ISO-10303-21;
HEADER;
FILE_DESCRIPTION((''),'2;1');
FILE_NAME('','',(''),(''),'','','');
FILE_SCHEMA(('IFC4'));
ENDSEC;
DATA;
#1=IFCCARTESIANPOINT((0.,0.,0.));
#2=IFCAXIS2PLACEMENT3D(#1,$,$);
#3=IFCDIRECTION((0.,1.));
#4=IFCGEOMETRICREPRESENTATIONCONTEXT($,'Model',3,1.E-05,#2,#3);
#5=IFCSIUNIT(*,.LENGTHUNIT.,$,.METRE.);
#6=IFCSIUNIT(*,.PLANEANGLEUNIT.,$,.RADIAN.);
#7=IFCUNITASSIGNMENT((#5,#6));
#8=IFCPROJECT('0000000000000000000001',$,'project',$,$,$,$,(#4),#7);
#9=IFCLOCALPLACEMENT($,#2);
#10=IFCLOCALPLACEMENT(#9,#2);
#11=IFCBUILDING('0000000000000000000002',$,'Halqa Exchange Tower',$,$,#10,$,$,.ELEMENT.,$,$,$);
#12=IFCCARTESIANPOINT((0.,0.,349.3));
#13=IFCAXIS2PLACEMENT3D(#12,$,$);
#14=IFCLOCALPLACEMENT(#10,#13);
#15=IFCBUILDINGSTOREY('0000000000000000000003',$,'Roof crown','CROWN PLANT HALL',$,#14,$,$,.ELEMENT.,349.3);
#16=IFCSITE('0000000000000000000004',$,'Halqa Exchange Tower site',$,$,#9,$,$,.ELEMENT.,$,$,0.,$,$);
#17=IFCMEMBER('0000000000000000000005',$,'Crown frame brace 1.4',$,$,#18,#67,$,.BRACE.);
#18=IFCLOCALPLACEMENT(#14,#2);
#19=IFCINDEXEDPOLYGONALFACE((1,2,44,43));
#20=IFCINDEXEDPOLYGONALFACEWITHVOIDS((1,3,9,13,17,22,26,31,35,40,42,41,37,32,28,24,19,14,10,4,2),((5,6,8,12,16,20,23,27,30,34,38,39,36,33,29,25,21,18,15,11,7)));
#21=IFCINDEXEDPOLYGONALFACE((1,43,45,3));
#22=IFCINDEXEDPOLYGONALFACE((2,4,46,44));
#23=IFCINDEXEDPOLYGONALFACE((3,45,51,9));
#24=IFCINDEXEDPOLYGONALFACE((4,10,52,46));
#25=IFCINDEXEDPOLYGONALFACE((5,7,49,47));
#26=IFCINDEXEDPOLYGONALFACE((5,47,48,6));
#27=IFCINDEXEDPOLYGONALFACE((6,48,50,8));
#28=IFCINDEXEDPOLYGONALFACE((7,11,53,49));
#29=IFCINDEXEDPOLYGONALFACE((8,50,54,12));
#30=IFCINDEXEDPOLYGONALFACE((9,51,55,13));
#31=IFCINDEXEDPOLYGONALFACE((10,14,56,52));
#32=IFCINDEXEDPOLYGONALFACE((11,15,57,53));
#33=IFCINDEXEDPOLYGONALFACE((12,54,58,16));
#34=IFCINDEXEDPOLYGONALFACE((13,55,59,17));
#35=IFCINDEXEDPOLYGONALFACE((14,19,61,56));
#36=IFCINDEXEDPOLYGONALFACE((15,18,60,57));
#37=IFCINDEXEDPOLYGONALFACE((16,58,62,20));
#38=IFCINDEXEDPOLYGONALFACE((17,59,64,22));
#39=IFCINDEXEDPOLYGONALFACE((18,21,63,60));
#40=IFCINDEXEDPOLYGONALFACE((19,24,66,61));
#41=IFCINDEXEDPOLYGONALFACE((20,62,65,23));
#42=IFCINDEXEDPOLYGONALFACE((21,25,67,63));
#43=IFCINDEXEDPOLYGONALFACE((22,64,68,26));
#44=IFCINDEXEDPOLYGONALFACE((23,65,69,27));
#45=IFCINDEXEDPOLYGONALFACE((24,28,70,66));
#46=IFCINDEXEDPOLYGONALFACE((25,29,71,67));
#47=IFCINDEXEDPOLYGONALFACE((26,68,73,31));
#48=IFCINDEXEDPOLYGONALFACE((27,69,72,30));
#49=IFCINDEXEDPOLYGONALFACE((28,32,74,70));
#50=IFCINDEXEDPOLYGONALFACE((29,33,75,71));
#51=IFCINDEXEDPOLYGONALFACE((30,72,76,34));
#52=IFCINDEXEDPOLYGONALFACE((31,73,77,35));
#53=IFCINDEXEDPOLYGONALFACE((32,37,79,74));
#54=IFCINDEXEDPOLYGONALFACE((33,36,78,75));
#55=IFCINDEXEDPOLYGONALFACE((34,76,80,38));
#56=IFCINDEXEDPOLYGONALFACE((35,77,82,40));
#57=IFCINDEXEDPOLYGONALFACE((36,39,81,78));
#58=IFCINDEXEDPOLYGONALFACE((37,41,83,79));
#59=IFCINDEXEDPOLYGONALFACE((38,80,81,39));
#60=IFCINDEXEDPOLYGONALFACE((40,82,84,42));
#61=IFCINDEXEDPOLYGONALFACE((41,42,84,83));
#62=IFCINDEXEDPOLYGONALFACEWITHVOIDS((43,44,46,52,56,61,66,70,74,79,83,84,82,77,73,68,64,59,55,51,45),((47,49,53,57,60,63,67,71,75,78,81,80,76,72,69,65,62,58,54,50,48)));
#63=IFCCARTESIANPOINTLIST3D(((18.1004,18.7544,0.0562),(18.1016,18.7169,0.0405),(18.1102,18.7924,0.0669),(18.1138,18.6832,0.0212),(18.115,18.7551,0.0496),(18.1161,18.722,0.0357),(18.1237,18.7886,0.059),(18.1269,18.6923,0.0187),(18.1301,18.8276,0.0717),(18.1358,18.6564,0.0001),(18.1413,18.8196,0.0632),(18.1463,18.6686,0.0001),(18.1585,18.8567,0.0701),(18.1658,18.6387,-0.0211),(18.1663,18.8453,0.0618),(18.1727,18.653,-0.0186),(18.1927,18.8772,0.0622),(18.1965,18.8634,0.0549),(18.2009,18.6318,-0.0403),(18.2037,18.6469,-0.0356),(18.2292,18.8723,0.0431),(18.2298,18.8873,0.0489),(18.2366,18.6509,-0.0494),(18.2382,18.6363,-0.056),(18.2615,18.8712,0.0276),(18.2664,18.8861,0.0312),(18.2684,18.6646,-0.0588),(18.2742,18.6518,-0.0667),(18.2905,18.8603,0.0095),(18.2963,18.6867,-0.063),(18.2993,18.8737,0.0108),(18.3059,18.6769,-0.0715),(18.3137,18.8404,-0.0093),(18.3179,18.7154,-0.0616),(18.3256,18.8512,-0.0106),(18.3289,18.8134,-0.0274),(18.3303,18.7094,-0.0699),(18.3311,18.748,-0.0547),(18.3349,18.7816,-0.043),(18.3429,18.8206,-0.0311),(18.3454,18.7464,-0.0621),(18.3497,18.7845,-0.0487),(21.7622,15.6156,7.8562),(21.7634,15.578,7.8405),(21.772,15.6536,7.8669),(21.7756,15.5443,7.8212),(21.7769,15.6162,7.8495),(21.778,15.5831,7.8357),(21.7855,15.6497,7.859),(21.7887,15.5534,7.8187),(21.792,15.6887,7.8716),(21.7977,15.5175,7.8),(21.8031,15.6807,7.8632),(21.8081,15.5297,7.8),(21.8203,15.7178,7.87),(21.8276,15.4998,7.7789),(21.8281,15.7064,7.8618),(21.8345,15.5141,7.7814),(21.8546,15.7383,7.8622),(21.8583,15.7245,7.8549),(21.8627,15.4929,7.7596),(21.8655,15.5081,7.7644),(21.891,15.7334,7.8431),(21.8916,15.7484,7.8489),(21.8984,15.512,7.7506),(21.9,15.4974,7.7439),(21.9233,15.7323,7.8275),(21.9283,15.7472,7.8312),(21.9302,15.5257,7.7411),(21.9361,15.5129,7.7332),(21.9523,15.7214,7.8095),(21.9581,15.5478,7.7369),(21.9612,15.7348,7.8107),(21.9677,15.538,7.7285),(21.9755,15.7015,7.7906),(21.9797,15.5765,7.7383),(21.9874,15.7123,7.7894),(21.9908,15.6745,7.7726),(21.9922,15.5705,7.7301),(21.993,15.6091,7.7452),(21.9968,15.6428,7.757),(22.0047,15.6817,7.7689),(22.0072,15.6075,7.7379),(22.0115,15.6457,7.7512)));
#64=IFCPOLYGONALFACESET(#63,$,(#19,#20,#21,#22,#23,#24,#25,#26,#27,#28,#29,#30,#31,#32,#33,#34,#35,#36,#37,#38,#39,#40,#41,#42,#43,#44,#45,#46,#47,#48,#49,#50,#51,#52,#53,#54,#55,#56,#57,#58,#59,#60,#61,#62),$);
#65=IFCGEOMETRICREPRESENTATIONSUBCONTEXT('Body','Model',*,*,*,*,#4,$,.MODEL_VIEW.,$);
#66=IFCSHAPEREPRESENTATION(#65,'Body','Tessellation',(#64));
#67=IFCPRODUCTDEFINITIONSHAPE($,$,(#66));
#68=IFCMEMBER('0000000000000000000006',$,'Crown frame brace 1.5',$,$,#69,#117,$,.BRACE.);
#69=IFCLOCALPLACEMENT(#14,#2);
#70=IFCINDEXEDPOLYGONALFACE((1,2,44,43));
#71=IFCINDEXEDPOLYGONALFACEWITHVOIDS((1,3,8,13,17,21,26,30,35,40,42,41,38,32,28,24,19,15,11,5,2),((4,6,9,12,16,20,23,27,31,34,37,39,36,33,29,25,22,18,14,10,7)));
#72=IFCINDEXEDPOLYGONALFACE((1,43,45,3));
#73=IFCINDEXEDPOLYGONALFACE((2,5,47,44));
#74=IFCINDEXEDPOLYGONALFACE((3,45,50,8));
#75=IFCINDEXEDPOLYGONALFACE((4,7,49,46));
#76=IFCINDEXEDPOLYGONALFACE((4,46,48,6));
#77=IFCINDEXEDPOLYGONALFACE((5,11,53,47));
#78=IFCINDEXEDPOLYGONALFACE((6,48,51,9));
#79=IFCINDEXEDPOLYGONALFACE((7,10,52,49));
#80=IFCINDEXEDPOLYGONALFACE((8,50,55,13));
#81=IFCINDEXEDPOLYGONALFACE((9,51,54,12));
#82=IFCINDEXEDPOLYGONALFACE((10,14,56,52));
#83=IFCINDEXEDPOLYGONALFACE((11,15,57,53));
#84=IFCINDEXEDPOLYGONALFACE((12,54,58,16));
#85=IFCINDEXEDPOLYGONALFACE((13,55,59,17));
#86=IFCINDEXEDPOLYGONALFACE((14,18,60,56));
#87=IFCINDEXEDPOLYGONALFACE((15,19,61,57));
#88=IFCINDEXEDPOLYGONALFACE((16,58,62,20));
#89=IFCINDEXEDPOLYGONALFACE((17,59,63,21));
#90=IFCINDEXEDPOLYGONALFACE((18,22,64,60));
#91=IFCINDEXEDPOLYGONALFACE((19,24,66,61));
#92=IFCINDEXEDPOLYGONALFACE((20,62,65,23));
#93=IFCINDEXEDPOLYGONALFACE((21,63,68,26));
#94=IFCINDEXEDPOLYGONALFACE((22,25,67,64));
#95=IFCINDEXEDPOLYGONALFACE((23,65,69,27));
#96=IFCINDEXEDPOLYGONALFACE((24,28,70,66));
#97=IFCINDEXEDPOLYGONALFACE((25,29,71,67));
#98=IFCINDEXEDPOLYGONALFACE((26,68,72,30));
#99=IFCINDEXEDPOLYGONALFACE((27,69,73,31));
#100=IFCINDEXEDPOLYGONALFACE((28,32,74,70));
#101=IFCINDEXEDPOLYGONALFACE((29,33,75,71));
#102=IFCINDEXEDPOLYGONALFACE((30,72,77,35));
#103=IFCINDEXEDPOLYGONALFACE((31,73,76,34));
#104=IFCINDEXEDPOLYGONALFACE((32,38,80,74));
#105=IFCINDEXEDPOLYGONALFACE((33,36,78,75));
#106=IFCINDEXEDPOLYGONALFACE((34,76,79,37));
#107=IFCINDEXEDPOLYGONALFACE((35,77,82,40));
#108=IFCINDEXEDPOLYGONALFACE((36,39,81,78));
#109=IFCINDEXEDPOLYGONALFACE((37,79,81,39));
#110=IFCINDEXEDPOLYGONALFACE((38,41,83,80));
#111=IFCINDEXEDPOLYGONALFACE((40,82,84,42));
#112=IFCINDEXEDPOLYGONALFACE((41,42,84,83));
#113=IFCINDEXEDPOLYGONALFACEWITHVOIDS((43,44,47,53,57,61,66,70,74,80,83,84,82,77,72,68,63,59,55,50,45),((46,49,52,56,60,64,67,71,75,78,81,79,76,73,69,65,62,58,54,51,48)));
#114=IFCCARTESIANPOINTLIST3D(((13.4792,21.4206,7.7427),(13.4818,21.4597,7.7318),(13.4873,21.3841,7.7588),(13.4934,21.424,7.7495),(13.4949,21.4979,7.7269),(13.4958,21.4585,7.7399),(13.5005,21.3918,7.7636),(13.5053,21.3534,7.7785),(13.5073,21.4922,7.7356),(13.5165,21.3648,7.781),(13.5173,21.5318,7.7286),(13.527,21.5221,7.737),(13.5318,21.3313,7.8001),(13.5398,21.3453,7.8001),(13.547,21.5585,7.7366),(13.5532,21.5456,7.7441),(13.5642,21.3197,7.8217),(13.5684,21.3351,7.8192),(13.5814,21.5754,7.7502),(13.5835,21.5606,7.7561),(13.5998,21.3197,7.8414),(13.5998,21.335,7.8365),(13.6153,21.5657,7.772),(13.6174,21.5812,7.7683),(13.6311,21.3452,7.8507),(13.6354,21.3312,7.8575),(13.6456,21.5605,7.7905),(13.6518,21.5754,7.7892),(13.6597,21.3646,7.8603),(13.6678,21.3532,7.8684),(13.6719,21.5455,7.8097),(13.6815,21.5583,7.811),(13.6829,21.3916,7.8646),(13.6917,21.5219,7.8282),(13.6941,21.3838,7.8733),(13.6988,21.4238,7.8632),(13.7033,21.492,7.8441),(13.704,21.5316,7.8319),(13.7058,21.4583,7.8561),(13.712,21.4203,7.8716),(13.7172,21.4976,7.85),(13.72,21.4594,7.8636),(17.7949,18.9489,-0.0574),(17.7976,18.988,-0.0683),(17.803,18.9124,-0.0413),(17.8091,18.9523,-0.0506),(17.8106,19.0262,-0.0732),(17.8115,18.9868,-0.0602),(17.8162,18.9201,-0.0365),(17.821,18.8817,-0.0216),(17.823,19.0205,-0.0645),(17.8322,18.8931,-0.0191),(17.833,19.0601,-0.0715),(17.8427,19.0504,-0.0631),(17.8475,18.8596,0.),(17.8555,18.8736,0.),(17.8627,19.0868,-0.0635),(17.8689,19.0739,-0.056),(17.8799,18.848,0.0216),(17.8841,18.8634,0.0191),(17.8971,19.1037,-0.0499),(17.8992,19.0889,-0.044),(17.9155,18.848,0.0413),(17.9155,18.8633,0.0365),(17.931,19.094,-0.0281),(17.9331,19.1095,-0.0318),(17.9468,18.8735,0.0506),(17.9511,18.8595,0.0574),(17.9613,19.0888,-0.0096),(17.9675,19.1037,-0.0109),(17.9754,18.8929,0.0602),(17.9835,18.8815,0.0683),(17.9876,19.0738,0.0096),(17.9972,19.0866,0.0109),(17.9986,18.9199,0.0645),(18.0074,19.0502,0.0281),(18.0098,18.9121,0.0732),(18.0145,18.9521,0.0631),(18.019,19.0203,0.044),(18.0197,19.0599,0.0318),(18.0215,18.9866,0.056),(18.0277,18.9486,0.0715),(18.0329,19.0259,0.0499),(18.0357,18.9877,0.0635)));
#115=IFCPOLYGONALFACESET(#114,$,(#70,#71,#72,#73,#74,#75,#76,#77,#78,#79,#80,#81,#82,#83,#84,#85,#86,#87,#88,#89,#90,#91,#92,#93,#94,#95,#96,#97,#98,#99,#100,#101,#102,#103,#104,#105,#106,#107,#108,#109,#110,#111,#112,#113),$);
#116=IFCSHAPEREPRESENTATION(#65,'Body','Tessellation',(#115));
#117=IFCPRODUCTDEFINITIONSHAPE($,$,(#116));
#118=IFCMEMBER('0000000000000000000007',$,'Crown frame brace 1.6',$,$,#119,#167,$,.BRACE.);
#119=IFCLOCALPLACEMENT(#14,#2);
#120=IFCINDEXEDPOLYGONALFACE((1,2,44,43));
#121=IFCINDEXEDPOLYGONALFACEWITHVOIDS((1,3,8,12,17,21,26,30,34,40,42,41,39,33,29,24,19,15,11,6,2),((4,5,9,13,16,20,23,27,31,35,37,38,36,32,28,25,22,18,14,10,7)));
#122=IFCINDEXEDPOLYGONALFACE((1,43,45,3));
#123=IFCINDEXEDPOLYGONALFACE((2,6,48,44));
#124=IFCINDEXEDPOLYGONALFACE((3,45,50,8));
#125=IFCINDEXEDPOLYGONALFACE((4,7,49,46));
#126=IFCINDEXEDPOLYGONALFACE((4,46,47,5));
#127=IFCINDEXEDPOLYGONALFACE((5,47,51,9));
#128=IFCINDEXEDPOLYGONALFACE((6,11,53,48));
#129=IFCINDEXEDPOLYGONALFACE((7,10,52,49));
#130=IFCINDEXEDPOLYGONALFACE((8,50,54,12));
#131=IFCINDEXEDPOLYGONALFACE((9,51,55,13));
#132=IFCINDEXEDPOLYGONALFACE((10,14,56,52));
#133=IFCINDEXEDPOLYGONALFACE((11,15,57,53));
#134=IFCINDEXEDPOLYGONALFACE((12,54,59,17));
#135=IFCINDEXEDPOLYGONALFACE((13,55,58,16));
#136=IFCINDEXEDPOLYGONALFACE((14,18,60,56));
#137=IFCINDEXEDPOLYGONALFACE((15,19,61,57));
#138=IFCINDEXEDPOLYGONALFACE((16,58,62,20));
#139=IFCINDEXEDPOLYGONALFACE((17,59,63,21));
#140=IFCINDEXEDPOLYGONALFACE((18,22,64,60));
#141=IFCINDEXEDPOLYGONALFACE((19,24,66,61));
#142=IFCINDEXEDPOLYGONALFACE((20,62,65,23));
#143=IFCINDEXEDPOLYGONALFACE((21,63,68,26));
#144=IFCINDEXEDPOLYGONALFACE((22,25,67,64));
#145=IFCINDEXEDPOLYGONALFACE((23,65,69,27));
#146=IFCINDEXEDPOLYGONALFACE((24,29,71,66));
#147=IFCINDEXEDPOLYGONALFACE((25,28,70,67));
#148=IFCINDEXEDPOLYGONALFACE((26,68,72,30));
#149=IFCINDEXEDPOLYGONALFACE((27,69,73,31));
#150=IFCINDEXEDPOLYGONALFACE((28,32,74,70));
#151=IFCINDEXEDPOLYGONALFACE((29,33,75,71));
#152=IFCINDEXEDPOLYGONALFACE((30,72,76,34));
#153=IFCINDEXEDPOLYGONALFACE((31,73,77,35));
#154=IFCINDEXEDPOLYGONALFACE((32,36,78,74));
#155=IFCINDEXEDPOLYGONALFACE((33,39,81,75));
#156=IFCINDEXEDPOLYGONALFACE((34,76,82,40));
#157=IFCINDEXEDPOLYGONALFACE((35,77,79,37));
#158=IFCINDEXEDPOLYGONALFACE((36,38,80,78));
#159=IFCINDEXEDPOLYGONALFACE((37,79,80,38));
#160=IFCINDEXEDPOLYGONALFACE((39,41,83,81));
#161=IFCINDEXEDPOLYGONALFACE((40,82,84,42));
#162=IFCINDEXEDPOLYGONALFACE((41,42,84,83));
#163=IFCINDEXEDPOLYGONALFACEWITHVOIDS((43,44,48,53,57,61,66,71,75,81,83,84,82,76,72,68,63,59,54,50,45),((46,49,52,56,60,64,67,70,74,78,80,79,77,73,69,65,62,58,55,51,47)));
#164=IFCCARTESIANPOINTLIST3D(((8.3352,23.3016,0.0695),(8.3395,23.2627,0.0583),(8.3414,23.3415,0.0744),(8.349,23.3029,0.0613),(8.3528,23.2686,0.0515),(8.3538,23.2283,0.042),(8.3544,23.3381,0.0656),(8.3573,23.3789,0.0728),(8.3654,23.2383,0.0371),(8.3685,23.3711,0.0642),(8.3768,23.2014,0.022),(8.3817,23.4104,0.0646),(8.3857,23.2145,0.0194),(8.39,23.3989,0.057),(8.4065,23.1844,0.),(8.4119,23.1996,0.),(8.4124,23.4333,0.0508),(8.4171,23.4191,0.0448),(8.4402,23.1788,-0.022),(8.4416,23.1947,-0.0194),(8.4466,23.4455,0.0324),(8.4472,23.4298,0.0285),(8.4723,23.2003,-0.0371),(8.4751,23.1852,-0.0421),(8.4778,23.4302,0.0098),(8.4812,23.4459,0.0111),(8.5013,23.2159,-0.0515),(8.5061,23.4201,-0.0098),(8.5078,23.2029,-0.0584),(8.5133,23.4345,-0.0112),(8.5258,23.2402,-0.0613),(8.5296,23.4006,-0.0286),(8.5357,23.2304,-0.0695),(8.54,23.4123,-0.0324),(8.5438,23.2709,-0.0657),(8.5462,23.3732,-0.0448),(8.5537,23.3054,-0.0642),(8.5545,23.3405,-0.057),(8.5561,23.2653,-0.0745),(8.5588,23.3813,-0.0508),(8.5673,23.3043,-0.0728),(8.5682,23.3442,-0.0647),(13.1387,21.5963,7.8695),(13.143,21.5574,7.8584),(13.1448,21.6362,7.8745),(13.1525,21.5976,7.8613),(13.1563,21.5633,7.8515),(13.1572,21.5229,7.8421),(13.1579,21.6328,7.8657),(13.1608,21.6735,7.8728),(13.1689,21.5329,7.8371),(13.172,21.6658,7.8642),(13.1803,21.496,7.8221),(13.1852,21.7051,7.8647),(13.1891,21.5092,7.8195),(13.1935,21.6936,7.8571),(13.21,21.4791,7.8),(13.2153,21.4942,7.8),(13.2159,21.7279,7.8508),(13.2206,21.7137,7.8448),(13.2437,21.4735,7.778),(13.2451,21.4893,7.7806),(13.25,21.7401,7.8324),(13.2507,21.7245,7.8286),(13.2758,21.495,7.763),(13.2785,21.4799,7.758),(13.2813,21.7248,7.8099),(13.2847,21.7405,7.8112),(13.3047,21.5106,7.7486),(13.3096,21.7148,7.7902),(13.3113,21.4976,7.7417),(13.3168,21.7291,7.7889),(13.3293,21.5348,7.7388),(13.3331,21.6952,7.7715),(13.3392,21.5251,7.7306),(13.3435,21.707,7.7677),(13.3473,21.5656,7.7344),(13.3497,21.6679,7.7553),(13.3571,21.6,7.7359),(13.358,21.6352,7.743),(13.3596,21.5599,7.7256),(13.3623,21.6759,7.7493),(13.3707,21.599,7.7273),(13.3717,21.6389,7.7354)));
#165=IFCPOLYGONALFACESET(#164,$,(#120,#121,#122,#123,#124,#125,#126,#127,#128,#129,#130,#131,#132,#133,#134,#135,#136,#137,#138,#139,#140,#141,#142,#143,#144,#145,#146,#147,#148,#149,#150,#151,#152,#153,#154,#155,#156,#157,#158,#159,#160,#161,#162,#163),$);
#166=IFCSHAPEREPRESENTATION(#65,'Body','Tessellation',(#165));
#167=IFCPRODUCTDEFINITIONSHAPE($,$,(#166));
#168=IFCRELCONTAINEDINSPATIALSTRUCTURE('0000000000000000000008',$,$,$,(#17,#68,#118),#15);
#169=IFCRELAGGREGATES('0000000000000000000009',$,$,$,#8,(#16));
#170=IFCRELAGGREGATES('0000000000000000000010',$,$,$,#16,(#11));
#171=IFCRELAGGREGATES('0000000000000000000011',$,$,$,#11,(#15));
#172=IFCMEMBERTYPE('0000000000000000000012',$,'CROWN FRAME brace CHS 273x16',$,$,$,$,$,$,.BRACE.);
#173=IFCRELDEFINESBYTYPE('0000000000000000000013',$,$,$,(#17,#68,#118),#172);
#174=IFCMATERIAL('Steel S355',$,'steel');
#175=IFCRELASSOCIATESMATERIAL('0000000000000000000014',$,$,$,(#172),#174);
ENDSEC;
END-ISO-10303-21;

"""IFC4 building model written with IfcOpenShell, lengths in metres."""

from ifc_helpers import new_model, si_unit, direction, frame, origin, origin_2d, place, context, subcontext, project, spatial, hollow_circle, extrude, material, material_profile, profile_set, type_object, element, save


model = new_model("IFC4")

# Units and contexts
model_context = context("Model", 3, precision=1e-05, world=origin(), true_north=direction((0.0, 1.0)))
body_context = subcontext(model_context, "Body", "Model", "MODEL_VIEW")
ifc_project = project(units=[si_unit("LENGTHUNIT", "METRE"), si_unit("PLANEANGLEUNIT", "RADIAN")], contexts=[model_context])

# Site, building, storey
site_placement = place(None, origin())
site = spatial("IfcSite", under=ifc_project, at=site_placement, Name="Halqa Exchange Tower site", CompositionType="ELEMENT", RefElevation=0.0)
building_placement = place(site_placement, origin())
building = spatial("IfcBuilding", under=site, at=building_placement, Name="Halqa Exchange Tower", CompositionType="ELEMENT")
storey_placement = place(building_placement, frame((0.0, 0.0, 349.3)))
storey = spatial("IfcBuildingStorey", under=building, at=storey_placement, Name="Roof crown", Description="CROWN PLANT HALL", CompositionType="ELEMENT", Elevation=349.3)

# Shared definitions
ifc_material_1 = material(Name="Steel S355", Category="steel")

# Members
ifc_material_profile_1 = material_profile(ifc_material_1, hollow_circle(Radius=0.1365, WallThickness=0.0161, at=origin_2d()), Name="CHS 273x16")
ifc_profile_set_1 = profile_set([ifc_material_profile_1], Name="Steel S355")
member_type = type_object("IfcMemberType", Name="CROWN FRAME brace CHS 273x16", PredefinedType="BRACE", material=ifc_profile_set_1)
member_1_placement = place(storey_placement, frame((21.8865, 15.6211, 7.8), z_axis=(-0.399298, 0.342274, -0.850535), x_axis=(-0.650812, -0.759239, 0.0)))
element("IfcMember", 1, at=member_1_placement, inside=storey, type_object=member_type, Name="Crown frame brace 1.4", PredefinedType="BRACE", context=body_context, shape_type="SweptSolid", body=[
    extrude(hollow_circle(Radius=0.1365, WallThickness=0.0161, at=origin_2d()), origin(), (0.0, 0.0, 1.0), 9.1707),
])
member_2_placement = place(storey_placement, frame((17.9153, 18.978, 0.0), z_axis=(-0.466525, 0.267189, 0.843187), x_axis=(-0.496985, -0.867759, 0.0)))
element("IfcMember", 2, at=member_2_placement, inside=storey, type_object=member_type, Name="Crown frame brace 1.5", PredefinedType="BRACE", context=body_context, shape_type="SweptSolid", body=[
    extrude(hollow_circle(Radius=0.1365, WallThickness=0.0161, at=origin_2d()), origin(), (0.0, 0.0, 1.0), 9.2507),
])
member_3_placement = place(storey_placement, frame((13.2556, 21.6077, 7.8), z_axis=(-0.515513, 0.183017, -0.837109), x_axis=(-0.334561, -0.942374, 0.0)))
element("IfcMember", 3, at=member_3_placement, inside=storey, type_object=member_type, Name="Crown frame brace 1.6", PredefinedType="BRACE", context=body_context, shape_type="SweptSolid", body=[
    extrude(hollow_circle(Radius=0.1365, WallThickness=0.0161, at=origin_2d()), origin(), (0.0, 0.0, 1.0), 9.3179),
])

save(model, "model.ifc")
